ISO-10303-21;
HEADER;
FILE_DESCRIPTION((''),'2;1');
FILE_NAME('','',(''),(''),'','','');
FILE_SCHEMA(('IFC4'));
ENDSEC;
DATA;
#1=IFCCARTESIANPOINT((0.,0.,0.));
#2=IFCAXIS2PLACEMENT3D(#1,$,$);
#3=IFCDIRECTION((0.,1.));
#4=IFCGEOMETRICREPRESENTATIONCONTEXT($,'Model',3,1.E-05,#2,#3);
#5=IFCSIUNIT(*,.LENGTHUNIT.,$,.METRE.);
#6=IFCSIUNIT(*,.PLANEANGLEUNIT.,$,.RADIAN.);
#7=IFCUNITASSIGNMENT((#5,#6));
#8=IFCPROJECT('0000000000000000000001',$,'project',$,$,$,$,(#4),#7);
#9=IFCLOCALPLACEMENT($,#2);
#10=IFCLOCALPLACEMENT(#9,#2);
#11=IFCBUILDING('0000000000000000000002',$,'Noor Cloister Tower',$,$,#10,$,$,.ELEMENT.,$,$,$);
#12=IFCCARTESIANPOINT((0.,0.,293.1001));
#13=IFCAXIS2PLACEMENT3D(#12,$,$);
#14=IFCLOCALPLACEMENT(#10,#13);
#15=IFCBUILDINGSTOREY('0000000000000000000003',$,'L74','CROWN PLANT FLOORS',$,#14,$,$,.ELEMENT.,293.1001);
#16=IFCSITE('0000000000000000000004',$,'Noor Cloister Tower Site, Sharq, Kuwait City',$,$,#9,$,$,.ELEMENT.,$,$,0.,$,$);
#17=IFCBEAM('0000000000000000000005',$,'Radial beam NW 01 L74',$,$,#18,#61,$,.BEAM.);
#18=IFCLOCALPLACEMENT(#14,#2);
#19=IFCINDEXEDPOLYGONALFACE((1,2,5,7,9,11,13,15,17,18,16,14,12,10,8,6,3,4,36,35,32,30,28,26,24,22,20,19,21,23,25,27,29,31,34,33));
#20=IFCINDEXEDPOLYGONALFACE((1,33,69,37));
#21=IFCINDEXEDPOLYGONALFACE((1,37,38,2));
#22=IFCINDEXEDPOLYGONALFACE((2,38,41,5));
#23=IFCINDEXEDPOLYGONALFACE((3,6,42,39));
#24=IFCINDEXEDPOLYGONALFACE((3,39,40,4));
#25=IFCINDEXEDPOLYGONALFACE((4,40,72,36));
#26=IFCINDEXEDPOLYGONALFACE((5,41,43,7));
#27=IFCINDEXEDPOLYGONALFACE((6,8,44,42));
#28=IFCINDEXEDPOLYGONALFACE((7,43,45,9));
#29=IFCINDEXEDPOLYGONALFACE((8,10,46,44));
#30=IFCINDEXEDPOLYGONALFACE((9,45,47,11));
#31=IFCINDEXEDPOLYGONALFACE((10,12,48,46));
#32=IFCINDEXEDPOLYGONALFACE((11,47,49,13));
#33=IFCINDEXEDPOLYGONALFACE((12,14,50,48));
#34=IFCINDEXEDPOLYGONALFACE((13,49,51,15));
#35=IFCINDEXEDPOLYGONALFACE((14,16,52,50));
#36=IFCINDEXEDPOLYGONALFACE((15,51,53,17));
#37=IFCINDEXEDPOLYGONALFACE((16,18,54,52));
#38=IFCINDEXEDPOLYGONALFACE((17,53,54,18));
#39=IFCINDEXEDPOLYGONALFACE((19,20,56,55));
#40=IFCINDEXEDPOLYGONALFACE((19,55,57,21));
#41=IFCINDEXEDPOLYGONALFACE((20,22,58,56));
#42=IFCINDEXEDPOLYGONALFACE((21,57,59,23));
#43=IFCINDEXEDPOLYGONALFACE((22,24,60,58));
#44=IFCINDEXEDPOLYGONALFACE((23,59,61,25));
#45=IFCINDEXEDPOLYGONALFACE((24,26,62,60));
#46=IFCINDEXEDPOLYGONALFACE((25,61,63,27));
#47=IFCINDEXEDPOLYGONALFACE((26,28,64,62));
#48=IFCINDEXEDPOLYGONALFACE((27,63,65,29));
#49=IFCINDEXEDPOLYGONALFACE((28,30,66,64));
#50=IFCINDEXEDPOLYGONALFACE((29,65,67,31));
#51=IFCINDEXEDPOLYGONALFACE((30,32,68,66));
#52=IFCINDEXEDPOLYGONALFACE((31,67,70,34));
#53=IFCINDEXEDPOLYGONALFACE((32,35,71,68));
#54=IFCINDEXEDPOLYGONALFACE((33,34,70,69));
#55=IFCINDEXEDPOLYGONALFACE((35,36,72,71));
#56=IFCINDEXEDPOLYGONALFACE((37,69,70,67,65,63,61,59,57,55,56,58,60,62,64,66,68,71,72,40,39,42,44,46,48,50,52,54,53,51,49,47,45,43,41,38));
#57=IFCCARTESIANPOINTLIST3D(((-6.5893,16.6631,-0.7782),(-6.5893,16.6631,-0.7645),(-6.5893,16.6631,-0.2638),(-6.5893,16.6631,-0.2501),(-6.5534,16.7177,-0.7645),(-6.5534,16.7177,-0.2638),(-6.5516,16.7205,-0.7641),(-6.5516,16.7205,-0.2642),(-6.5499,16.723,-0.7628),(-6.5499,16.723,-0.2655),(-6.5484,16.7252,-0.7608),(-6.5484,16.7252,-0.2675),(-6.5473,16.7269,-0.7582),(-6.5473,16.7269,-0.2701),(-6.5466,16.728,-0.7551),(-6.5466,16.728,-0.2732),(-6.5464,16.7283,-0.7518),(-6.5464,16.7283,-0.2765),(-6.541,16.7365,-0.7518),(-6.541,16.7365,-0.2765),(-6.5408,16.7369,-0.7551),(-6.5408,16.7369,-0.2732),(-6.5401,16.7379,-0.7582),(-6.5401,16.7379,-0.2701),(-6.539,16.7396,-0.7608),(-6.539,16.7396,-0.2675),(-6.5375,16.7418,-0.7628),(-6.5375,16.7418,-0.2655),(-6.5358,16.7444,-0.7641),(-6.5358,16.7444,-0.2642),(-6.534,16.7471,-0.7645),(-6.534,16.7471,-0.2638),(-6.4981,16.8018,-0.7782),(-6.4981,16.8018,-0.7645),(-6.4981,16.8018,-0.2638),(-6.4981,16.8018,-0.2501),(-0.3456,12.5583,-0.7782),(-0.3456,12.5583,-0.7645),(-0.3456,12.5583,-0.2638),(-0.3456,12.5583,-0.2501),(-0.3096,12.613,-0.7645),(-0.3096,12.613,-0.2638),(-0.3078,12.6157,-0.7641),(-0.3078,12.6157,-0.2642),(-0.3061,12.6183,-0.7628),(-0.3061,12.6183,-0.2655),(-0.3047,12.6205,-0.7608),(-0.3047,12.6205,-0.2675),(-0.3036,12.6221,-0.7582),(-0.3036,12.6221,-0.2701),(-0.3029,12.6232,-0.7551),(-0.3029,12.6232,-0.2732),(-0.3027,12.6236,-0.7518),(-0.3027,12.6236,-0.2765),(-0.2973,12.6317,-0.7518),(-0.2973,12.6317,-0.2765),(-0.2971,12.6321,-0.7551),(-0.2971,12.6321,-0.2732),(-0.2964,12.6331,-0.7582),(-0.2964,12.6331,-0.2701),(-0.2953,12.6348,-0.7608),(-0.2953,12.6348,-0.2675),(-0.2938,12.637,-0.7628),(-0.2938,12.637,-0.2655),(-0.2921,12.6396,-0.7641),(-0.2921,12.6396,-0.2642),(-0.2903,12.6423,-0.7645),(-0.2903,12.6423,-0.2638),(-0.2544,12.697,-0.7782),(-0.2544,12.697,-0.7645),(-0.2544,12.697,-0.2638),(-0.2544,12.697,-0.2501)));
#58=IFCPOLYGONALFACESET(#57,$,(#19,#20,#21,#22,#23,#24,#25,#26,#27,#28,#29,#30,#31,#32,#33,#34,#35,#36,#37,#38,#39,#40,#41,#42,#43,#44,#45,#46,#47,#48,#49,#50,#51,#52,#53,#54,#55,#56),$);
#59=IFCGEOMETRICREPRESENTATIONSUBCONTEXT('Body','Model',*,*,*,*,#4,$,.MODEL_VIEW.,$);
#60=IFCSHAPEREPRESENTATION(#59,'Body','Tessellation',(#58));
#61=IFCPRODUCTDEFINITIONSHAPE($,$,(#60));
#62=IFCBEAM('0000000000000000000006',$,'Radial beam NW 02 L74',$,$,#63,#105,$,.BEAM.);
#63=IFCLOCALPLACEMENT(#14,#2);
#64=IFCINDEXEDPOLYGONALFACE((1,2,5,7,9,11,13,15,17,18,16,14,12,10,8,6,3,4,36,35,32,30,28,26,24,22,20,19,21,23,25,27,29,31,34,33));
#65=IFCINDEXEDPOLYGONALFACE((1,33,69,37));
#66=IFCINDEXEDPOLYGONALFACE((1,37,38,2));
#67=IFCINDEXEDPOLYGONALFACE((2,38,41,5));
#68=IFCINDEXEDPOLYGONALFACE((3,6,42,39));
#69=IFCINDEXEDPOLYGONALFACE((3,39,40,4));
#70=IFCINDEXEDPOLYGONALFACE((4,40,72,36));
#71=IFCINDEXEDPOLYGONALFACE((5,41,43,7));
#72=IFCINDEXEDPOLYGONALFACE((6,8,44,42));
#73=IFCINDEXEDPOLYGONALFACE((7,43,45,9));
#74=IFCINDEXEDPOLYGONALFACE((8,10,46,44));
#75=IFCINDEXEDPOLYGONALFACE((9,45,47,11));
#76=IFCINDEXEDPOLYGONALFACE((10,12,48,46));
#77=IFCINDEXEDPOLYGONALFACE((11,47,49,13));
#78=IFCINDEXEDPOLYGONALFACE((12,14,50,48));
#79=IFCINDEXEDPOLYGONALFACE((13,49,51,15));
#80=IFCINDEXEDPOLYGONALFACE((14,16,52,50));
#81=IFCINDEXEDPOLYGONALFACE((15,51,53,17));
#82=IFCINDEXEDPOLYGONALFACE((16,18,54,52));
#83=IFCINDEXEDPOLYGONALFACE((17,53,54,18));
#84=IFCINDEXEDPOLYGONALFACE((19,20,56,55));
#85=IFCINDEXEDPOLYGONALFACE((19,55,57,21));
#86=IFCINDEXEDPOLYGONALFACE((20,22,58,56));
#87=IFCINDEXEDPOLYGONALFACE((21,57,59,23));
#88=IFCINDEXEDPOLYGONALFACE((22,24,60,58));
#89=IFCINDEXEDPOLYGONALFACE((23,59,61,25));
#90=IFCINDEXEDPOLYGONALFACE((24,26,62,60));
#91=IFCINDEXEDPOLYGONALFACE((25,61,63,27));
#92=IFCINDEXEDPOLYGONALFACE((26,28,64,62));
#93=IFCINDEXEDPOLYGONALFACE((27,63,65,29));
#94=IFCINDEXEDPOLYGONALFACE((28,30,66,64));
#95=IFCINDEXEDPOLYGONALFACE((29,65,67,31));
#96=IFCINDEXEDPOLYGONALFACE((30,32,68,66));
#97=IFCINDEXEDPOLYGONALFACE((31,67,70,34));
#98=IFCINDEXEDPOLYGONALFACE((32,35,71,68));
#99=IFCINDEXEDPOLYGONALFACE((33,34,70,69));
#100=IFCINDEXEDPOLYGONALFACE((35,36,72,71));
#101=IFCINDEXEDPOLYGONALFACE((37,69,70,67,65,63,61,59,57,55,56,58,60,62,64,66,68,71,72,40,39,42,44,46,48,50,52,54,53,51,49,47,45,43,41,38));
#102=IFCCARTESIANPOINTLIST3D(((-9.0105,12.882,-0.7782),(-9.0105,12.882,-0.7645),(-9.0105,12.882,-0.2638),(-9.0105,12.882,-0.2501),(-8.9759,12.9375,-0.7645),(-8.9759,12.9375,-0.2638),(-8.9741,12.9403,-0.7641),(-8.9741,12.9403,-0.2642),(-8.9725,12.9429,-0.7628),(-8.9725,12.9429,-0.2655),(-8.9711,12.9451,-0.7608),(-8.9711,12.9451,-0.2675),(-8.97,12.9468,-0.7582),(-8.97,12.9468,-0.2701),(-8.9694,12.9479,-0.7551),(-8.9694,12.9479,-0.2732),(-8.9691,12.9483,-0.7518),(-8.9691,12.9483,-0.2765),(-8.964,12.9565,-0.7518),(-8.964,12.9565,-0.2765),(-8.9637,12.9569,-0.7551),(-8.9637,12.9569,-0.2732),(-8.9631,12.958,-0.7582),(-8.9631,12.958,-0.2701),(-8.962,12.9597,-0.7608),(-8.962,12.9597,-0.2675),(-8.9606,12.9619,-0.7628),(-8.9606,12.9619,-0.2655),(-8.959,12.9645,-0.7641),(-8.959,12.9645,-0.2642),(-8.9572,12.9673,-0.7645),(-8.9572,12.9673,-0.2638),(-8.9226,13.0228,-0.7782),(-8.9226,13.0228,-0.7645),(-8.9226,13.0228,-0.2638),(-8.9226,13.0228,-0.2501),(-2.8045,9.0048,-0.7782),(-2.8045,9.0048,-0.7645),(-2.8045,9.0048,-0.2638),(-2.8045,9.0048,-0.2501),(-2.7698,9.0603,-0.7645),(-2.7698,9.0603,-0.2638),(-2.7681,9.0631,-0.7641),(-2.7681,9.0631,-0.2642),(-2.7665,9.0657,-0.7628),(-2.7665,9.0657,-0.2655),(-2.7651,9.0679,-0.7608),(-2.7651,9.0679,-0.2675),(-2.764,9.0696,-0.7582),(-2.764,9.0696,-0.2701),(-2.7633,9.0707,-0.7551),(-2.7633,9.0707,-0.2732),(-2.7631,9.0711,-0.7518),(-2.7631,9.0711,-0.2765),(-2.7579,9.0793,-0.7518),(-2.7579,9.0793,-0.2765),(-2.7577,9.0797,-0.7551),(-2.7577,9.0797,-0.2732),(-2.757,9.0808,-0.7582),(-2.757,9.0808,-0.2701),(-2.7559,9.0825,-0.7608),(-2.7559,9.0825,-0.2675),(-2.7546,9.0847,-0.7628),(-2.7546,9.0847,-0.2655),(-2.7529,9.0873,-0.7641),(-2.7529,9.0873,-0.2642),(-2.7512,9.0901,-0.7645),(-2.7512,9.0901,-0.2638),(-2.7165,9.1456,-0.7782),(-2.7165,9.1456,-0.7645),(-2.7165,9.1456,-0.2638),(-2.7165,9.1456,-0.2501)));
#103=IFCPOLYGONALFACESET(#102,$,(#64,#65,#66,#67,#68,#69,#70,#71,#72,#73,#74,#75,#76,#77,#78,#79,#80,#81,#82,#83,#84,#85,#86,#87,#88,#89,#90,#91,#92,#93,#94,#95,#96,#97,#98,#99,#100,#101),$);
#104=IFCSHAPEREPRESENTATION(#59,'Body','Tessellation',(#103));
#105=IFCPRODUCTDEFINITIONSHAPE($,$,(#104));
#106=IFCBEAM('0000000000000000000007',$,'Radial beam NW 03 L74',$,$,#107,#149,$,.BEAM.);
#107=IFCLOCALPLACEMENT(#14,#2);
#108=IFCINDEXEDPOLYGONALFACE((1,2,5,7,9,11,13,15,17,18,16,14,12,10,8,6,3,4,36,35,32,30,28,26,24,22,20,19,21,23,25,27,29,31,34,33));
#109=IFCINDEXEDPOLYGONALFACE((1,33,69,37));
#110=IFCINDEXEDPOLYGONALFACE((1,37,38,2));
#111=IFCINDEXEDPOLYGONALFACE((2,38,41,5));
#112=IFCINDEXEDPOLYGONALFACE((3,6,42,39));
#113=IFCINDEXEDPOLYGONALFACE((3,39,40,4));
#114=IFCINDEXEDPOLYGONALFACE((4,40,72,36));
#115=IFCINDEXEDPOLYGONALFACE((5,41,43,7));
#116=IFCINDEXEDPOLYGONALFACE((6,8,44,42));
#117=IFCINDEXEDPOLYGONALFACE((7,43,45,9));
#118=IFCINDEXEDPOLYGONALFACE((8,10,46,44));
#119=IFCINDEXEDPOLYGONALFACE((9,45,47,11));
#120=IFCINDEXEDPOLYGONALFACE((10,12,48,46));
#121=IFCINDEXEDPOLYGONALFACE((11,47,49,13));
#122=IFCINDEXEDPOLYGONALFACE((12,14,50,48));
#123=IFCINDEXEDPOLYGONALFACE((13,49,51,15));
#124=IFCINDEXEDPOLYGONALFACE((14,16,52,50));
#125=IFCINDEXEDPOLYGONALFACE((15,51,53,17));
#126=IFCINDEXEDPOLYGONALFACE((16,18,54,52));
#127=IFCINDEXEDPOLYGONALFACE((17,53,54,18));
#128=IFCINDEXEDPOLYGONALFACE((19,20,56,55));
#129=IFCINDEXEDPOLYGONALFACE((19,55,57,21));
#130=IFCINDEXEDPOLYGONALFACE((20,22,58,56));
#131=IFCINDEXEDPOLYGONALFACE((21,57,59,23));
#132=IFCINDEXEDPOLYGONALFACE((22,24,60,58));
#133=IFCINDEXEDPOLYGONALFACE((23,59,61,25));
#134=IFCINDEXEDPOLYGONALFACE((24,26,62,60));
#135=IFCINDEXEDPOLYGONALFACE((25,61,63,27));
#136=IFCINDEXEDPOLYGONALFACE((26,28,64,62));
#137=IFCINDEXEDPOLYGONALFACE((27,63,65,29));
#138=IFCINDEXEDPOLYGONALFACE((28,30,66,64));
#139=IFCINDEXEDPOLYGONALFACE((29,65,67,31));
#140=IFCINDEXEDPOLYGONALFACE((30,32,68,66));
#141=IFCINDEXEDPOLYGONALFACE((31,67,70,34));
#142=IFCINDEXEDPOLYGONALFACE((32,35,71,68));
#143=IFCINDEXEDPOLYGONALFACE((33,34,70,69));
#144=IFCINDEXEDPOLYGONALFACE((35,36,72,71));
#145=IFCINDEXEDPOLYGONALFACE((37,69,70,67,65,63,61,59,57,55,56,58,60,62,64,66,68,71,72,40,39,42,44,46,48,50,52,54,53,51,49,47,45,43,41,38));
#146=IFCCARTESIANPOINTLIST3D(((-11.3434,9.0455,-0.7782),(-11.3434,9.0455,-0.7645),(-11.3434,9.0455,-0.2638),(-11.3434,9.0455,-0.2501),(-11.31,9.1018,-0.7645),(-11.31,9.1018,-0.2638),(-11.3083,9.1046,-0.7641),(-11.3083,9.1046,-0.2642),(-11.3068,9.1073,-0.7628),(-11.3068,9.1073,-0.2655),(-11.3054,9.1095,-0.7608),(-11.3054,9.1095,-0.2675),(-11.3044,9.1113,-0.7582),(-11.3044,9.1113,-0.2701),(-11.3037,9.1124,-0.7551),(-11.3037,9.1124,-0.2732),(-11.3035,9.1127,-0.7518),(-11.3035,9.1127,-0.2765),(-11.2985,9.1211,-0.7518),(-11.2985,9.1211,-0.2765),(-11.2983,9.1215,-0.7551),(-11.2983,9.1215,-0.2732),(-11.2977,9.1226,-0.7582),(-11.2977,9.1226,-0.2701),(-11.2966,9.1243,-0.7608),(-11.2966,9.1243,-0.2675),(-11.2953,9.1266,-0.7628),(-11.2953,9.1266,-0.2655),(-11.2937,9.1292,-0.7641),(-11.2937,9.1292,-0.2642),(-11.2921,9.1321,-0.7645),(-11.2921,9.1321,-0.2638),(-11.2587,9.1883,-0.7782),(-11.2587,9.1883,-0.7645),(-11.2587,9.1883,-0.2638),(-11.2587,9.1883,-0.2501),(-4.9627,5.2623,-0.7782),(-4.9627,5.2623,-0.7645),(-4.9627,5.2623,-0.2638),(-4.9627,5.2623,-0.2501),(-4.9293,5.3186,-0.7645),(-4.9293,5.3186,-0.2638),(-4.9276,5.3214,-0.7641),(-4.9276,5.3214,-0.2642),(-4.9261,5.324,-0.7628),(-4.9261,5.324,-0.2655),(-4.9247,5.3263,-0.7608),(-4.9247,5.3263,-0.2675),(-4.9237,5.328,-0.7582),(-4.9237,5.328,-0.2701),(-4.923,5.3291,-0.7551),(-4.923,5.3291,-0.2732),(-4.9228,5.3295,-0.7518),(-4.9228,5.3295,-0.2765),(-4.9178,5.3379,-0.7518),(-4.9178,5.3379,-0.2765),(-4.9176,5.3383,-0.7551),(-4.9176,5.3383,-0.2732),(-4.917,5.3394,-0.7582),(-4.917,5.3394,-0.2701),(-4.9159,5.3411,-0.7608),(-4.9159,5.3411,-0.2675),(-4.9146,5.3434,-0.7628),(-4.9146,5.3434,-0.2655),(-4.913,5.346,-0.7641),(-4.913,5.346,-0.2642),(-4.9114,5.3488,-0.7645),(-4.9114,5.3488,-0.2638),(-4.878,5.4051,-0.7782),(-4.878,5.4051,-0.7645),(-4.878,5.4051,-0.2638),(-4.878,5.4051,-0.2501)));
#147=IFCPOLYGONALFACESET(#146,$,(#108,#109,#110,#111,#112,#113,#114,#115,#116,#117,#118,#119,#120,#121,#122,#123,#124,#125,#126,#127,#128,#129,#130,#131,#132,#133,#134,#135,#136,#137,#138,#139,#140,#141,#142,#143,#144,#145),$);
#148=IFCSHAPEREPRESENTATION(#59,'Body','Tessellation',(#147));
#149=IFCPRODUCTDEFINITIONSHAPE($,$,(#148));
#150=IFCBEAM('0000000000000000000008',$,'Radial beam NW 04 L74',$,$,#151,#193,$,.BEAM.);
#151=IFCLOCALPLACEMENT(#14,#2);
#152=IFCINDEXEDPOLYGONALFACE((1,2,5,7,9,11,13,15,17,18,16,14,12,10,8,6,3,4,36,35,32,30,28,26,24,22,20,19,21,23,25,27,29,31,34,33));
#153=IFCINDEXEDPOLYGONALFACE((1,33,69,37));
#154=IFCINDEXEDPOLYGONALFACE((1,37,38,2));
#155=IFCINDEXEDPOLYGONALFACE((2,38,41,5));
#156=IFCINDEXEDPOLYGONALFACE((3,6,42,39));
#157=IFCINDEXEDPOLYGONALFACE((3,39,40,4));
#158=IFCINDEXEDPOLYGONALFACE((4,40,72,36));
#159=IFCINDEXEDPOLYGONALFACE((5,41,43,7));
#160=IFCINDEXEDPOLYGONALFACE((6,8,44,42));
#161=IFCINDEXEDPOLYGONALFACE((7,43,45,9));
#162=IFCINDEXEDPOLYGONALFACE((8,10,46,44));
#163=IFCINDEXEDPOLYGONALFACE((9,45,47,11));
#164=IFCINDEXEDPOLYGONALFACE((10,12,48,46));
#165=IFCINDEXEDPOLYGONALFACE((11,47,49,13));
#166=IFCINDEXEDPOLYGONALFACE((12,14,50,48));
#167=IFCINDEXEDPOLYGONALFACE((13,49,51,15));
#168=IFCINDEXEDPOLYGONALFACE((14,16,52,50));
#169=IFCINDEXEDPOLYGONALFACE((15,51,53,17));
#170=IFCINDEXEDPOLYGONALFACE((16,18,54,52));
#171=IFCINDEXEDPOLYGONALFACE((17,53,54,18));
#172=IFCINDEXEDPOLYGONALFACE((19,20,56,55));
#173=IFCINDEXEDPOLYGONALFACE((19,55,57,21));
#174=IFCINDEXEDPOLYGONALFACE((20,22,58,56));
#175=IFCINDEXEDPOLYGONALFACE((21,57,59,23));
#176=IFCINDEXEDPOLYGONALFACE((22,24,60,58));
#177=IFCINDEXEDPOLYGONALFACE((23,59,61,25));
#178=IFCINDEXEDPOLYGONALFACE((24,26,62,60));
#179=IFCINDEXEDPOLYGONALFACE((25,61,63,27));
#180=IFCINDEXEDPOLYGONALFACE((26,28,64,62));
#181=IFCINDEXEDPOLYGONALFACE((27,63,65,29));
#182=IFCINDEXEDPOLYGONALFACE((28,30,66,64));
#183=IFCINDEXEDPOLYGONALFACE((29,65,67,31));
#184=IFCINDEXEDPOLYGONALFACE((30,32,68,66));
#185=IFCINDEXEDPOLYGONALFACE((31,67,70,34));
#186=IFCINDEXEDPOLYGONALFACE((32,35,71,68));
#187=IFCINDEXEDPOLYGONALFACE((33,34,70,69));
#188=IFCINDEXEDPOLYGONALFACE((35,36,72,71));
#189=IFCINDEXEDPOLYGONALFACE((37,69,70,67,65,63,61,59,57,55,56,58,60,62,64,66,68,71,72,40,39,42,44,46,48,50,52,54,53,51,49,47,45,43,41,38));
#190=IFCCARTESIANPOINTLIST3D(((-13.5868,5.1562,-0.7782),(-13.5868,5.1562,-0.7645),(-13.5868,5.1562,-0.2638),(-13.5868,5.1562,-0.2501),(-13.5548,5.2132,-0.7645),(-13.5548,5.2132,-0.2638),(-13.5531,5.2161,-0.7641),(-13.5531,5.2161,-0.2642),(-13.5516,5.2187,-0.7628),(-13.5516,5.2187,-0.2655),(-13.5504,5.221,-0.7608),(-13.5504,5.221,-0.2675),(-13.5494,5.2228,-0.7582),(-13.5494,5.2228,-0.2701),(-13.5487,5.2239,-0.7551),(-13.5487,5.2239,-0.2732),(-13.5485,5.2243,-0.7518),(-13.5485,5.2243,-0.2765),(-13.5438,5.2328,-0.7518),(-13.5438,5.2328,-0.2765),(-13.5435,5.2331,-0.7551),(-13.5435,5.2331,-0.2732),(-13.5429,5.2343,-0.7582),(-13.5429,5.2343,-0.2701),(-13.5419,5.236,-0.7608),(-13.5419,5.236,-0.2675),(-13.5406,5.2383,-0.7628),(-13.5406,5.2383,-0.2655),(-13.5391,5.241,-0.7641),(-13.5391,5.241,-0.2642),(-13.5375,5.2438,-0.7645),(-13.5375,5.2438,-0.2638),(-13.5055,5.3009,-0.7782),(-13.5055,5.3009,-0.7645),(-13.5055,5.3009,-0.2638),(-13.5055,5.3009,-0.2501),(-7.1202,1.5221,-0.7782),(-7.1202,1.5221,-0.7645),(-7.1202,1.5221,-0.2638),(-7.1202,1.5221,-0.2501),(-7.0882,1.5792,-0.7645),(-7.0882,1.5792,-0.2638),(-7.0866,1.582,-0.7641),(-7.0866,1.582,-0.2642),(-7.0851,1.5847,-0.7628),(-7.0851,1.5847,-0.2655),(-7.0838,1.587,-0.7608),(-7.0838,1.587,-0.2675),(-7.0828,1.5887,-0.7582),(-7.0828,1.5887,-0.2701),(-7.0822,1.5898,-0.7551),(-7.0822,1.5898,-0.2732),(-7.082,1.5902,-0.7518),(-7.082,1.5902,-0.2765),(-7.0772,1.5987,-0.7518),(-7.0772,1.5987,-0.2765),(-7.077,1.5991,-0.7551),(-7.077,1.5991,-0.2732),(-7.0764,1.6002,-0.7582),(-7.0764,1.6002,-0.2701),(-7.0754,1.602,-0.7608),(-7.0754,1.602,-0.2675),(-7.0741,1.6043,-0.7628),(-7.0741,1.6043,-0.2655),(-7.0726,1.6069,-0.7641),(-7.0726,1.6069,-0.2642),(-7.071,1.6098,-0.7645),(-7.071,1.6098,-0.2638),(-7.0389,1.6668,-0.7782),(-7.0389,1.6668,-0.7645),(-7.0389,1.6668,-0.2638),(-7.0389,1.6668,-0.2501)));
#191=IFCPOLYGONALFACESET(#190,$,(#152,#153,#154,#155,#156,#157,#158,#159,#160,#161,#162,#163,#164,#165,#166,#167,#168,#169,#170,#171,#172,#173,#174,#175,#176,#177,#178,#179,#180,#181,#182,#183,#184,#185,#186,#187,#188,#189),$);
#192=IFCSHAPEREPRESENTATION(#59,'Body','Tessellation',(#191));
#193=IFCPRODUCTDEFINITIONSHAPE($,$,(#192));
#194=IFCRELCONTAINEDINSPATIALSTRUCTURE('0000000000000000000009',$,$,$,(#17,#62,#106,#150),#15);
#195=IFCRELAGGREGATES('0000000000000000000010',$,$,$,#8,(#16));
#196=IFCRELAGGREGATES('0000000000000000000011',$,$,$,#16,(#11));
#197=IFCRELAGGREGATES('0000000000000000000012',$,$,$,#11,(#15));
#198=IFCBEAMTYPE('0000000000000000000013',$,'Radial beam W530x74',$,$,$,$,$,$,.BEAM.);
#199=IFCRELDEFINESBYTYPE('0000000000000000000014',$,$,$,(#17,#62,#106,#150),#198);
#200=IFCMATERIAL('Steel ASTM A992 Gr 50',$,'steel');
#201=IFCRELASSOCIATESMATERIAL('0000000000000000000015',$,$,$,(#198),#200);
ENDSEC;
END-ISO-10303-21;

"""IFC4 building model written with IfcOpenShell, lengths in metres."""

from ifc_helpers import new_model, si_unit, direction, frame, origin, origin_2d, place, context, subcontext, project, spatial, i_section, extrude, material, material_profile, profile_set, type_object, element, save


model = new_model("IFC4")

# Units and contexts
model_context = context("Model", 3, precision=1e-05, world=origin(), true_north=direction((0.0, 1.0)))
body_context = subcontext(model_context, "Body", "Model", "MODEL_VIEW")
ifc_project = project(units=[si_unit("LENGTHUNIT", "METRE"), si_unit("PLANEANGLEUNIT", "RADIAN")], contexts=[model_context])

# Site, building, storey
site_placement = place(None, origin())
site = spatial("IfcSite", under=ifc_project, at=site_placement, Name="Noor Cloister Tower Site, Sharq, Kuwait City", CompositionType="ELEMENT", RefElevation=0.0)
building_placement = place(site_placement, origin())
building = spatial("IfcBuilding", under=site, at=building_placement, Name="Noor Cloister Tower", CompositionType="ELEMENT")
storey_placement = place(building_placement, frame((0.0, 0.0, 293.1001)))
storey = spatial("IfcBuildingStorey", under=building, at=storey_placement, Name="L74", Description="CROWN PLANT FLOORS", CompositionType="ELEMENT", Elevation=293.1001)

# Beams
ifc_material_1 = material(Name="Steel ASTM A992 Gr 50", Category="steel")
ifc_material_profile_1 = material_profile(ifc_material_1, i_section(OverallWidth=0.166, OverallDepth=0.5281, WebThickness=0.0098, FlangeThickness=0.0137, FilletRadius=0.0127, at=origin_2d()), Name="W530x74")
ifc_profile_set_1 = profile_set([ifc_material_profile_1], Name="Steel ASTM A992 Gr 50")
beam_type_1 = type_object("IfcBeamType", Name="Radial beam W530x74", PredefinedType="BEAM", material=ifc_profile_set_1)
beam_1_placement = place(storey_placement, frame((-6.5437, 16.7324, -0.5142), z_axis=(0.835597, -0.549343, 0.0), x_axis=(0.549343, 0.835597, 0.0)))
element("IfcBeam", 1, at=beam_1_placement, inside=storey, type_object=beam_type_1, Name="Radial beam NW 01 L74", PredefinedType="BEAM", context=body_context, shape_type="SweptSolid", body=[
    extrude(i_section(OverallWidth=0.166, OverallDepth=0.5281, WebThickness=0.0098, FlangeThickness=0.0137, FilletRadius=0.0127, at=origin_2d()), origin(), (0.0, 0.0, 1.0), 7.4722),
])
beam_2_placement = place(storey_placement, frame((-8.9666, 12.9524, -0.5142), z_axis=(0.848096, -0.529843, 0.0), x_axis=(0.529843, 0.848096, 0.0)))
element("IfcBeam", 2, at=beam_2_placement, inside=storey, type_object=beam_type_1, Name="Radial beam NW 02 L74", PredefinedType="BEAM", context=body_context, shape_type="SweptSolid", body=[
    extrude(i_section(OverallWidth=0.166, OverallDepth=0.5281, WebThickness=0.0098, FlangeThickness=0.0137, FilletRadius=0.0127, at=origin_2d()), origin(), (0.0, 0.0, 1.0), 7.3176),
])
beam_3_placement = place(storey_placement, frame((-11.301, 9.1169, -0.5142), z_axis=(0.860167, -0.510012, 0.0), x_axis=(0.510012, 0.860167, 0.0)))
element("IfcBeam", 3, at=beam_3_placement, inside=storey, type_object=beam_type_1, Name="Radial beam NW 03 L74", PredefinedType="BEAM", context=body_context, shape_type="SweptSolid", body=[
    extrude(i_section(OverallWidth=0.166, OverallDepth=0.5281, WebThickness=0.0098, FlangeThickness=0.0137, FilletRadius=0.0127, at=origin_2d()), origin(), (0.0, 0.0, 1.0), 7.418),
])
beam_4_placement = place(storey_placement, frame((-13.5461, 5.2285, -0.5142), z_axis=(0.871771, -0.489913, 0.0), x_axis=(0.489913, 0.871771, 0.0)))
element("IfcBeam", 4, at=beam_4_placement, inside=storey, type_object=beam_type_1, Name="Radial beam NW 04 L74", PredefinedType="BEAM", context=body_context, shape_type="SweptSolid", body=[
    extrude(i_section(OverallWidth=0.166, OverallDepth=0.5281, WebThickness=0.0098, FlangeThickness=0.0137, FilletRadius=0.0127, at=origin_2d()), origin(), (0.0, 0.0, 1.0), 7.4177),
])

save(model, "model.ifc")
